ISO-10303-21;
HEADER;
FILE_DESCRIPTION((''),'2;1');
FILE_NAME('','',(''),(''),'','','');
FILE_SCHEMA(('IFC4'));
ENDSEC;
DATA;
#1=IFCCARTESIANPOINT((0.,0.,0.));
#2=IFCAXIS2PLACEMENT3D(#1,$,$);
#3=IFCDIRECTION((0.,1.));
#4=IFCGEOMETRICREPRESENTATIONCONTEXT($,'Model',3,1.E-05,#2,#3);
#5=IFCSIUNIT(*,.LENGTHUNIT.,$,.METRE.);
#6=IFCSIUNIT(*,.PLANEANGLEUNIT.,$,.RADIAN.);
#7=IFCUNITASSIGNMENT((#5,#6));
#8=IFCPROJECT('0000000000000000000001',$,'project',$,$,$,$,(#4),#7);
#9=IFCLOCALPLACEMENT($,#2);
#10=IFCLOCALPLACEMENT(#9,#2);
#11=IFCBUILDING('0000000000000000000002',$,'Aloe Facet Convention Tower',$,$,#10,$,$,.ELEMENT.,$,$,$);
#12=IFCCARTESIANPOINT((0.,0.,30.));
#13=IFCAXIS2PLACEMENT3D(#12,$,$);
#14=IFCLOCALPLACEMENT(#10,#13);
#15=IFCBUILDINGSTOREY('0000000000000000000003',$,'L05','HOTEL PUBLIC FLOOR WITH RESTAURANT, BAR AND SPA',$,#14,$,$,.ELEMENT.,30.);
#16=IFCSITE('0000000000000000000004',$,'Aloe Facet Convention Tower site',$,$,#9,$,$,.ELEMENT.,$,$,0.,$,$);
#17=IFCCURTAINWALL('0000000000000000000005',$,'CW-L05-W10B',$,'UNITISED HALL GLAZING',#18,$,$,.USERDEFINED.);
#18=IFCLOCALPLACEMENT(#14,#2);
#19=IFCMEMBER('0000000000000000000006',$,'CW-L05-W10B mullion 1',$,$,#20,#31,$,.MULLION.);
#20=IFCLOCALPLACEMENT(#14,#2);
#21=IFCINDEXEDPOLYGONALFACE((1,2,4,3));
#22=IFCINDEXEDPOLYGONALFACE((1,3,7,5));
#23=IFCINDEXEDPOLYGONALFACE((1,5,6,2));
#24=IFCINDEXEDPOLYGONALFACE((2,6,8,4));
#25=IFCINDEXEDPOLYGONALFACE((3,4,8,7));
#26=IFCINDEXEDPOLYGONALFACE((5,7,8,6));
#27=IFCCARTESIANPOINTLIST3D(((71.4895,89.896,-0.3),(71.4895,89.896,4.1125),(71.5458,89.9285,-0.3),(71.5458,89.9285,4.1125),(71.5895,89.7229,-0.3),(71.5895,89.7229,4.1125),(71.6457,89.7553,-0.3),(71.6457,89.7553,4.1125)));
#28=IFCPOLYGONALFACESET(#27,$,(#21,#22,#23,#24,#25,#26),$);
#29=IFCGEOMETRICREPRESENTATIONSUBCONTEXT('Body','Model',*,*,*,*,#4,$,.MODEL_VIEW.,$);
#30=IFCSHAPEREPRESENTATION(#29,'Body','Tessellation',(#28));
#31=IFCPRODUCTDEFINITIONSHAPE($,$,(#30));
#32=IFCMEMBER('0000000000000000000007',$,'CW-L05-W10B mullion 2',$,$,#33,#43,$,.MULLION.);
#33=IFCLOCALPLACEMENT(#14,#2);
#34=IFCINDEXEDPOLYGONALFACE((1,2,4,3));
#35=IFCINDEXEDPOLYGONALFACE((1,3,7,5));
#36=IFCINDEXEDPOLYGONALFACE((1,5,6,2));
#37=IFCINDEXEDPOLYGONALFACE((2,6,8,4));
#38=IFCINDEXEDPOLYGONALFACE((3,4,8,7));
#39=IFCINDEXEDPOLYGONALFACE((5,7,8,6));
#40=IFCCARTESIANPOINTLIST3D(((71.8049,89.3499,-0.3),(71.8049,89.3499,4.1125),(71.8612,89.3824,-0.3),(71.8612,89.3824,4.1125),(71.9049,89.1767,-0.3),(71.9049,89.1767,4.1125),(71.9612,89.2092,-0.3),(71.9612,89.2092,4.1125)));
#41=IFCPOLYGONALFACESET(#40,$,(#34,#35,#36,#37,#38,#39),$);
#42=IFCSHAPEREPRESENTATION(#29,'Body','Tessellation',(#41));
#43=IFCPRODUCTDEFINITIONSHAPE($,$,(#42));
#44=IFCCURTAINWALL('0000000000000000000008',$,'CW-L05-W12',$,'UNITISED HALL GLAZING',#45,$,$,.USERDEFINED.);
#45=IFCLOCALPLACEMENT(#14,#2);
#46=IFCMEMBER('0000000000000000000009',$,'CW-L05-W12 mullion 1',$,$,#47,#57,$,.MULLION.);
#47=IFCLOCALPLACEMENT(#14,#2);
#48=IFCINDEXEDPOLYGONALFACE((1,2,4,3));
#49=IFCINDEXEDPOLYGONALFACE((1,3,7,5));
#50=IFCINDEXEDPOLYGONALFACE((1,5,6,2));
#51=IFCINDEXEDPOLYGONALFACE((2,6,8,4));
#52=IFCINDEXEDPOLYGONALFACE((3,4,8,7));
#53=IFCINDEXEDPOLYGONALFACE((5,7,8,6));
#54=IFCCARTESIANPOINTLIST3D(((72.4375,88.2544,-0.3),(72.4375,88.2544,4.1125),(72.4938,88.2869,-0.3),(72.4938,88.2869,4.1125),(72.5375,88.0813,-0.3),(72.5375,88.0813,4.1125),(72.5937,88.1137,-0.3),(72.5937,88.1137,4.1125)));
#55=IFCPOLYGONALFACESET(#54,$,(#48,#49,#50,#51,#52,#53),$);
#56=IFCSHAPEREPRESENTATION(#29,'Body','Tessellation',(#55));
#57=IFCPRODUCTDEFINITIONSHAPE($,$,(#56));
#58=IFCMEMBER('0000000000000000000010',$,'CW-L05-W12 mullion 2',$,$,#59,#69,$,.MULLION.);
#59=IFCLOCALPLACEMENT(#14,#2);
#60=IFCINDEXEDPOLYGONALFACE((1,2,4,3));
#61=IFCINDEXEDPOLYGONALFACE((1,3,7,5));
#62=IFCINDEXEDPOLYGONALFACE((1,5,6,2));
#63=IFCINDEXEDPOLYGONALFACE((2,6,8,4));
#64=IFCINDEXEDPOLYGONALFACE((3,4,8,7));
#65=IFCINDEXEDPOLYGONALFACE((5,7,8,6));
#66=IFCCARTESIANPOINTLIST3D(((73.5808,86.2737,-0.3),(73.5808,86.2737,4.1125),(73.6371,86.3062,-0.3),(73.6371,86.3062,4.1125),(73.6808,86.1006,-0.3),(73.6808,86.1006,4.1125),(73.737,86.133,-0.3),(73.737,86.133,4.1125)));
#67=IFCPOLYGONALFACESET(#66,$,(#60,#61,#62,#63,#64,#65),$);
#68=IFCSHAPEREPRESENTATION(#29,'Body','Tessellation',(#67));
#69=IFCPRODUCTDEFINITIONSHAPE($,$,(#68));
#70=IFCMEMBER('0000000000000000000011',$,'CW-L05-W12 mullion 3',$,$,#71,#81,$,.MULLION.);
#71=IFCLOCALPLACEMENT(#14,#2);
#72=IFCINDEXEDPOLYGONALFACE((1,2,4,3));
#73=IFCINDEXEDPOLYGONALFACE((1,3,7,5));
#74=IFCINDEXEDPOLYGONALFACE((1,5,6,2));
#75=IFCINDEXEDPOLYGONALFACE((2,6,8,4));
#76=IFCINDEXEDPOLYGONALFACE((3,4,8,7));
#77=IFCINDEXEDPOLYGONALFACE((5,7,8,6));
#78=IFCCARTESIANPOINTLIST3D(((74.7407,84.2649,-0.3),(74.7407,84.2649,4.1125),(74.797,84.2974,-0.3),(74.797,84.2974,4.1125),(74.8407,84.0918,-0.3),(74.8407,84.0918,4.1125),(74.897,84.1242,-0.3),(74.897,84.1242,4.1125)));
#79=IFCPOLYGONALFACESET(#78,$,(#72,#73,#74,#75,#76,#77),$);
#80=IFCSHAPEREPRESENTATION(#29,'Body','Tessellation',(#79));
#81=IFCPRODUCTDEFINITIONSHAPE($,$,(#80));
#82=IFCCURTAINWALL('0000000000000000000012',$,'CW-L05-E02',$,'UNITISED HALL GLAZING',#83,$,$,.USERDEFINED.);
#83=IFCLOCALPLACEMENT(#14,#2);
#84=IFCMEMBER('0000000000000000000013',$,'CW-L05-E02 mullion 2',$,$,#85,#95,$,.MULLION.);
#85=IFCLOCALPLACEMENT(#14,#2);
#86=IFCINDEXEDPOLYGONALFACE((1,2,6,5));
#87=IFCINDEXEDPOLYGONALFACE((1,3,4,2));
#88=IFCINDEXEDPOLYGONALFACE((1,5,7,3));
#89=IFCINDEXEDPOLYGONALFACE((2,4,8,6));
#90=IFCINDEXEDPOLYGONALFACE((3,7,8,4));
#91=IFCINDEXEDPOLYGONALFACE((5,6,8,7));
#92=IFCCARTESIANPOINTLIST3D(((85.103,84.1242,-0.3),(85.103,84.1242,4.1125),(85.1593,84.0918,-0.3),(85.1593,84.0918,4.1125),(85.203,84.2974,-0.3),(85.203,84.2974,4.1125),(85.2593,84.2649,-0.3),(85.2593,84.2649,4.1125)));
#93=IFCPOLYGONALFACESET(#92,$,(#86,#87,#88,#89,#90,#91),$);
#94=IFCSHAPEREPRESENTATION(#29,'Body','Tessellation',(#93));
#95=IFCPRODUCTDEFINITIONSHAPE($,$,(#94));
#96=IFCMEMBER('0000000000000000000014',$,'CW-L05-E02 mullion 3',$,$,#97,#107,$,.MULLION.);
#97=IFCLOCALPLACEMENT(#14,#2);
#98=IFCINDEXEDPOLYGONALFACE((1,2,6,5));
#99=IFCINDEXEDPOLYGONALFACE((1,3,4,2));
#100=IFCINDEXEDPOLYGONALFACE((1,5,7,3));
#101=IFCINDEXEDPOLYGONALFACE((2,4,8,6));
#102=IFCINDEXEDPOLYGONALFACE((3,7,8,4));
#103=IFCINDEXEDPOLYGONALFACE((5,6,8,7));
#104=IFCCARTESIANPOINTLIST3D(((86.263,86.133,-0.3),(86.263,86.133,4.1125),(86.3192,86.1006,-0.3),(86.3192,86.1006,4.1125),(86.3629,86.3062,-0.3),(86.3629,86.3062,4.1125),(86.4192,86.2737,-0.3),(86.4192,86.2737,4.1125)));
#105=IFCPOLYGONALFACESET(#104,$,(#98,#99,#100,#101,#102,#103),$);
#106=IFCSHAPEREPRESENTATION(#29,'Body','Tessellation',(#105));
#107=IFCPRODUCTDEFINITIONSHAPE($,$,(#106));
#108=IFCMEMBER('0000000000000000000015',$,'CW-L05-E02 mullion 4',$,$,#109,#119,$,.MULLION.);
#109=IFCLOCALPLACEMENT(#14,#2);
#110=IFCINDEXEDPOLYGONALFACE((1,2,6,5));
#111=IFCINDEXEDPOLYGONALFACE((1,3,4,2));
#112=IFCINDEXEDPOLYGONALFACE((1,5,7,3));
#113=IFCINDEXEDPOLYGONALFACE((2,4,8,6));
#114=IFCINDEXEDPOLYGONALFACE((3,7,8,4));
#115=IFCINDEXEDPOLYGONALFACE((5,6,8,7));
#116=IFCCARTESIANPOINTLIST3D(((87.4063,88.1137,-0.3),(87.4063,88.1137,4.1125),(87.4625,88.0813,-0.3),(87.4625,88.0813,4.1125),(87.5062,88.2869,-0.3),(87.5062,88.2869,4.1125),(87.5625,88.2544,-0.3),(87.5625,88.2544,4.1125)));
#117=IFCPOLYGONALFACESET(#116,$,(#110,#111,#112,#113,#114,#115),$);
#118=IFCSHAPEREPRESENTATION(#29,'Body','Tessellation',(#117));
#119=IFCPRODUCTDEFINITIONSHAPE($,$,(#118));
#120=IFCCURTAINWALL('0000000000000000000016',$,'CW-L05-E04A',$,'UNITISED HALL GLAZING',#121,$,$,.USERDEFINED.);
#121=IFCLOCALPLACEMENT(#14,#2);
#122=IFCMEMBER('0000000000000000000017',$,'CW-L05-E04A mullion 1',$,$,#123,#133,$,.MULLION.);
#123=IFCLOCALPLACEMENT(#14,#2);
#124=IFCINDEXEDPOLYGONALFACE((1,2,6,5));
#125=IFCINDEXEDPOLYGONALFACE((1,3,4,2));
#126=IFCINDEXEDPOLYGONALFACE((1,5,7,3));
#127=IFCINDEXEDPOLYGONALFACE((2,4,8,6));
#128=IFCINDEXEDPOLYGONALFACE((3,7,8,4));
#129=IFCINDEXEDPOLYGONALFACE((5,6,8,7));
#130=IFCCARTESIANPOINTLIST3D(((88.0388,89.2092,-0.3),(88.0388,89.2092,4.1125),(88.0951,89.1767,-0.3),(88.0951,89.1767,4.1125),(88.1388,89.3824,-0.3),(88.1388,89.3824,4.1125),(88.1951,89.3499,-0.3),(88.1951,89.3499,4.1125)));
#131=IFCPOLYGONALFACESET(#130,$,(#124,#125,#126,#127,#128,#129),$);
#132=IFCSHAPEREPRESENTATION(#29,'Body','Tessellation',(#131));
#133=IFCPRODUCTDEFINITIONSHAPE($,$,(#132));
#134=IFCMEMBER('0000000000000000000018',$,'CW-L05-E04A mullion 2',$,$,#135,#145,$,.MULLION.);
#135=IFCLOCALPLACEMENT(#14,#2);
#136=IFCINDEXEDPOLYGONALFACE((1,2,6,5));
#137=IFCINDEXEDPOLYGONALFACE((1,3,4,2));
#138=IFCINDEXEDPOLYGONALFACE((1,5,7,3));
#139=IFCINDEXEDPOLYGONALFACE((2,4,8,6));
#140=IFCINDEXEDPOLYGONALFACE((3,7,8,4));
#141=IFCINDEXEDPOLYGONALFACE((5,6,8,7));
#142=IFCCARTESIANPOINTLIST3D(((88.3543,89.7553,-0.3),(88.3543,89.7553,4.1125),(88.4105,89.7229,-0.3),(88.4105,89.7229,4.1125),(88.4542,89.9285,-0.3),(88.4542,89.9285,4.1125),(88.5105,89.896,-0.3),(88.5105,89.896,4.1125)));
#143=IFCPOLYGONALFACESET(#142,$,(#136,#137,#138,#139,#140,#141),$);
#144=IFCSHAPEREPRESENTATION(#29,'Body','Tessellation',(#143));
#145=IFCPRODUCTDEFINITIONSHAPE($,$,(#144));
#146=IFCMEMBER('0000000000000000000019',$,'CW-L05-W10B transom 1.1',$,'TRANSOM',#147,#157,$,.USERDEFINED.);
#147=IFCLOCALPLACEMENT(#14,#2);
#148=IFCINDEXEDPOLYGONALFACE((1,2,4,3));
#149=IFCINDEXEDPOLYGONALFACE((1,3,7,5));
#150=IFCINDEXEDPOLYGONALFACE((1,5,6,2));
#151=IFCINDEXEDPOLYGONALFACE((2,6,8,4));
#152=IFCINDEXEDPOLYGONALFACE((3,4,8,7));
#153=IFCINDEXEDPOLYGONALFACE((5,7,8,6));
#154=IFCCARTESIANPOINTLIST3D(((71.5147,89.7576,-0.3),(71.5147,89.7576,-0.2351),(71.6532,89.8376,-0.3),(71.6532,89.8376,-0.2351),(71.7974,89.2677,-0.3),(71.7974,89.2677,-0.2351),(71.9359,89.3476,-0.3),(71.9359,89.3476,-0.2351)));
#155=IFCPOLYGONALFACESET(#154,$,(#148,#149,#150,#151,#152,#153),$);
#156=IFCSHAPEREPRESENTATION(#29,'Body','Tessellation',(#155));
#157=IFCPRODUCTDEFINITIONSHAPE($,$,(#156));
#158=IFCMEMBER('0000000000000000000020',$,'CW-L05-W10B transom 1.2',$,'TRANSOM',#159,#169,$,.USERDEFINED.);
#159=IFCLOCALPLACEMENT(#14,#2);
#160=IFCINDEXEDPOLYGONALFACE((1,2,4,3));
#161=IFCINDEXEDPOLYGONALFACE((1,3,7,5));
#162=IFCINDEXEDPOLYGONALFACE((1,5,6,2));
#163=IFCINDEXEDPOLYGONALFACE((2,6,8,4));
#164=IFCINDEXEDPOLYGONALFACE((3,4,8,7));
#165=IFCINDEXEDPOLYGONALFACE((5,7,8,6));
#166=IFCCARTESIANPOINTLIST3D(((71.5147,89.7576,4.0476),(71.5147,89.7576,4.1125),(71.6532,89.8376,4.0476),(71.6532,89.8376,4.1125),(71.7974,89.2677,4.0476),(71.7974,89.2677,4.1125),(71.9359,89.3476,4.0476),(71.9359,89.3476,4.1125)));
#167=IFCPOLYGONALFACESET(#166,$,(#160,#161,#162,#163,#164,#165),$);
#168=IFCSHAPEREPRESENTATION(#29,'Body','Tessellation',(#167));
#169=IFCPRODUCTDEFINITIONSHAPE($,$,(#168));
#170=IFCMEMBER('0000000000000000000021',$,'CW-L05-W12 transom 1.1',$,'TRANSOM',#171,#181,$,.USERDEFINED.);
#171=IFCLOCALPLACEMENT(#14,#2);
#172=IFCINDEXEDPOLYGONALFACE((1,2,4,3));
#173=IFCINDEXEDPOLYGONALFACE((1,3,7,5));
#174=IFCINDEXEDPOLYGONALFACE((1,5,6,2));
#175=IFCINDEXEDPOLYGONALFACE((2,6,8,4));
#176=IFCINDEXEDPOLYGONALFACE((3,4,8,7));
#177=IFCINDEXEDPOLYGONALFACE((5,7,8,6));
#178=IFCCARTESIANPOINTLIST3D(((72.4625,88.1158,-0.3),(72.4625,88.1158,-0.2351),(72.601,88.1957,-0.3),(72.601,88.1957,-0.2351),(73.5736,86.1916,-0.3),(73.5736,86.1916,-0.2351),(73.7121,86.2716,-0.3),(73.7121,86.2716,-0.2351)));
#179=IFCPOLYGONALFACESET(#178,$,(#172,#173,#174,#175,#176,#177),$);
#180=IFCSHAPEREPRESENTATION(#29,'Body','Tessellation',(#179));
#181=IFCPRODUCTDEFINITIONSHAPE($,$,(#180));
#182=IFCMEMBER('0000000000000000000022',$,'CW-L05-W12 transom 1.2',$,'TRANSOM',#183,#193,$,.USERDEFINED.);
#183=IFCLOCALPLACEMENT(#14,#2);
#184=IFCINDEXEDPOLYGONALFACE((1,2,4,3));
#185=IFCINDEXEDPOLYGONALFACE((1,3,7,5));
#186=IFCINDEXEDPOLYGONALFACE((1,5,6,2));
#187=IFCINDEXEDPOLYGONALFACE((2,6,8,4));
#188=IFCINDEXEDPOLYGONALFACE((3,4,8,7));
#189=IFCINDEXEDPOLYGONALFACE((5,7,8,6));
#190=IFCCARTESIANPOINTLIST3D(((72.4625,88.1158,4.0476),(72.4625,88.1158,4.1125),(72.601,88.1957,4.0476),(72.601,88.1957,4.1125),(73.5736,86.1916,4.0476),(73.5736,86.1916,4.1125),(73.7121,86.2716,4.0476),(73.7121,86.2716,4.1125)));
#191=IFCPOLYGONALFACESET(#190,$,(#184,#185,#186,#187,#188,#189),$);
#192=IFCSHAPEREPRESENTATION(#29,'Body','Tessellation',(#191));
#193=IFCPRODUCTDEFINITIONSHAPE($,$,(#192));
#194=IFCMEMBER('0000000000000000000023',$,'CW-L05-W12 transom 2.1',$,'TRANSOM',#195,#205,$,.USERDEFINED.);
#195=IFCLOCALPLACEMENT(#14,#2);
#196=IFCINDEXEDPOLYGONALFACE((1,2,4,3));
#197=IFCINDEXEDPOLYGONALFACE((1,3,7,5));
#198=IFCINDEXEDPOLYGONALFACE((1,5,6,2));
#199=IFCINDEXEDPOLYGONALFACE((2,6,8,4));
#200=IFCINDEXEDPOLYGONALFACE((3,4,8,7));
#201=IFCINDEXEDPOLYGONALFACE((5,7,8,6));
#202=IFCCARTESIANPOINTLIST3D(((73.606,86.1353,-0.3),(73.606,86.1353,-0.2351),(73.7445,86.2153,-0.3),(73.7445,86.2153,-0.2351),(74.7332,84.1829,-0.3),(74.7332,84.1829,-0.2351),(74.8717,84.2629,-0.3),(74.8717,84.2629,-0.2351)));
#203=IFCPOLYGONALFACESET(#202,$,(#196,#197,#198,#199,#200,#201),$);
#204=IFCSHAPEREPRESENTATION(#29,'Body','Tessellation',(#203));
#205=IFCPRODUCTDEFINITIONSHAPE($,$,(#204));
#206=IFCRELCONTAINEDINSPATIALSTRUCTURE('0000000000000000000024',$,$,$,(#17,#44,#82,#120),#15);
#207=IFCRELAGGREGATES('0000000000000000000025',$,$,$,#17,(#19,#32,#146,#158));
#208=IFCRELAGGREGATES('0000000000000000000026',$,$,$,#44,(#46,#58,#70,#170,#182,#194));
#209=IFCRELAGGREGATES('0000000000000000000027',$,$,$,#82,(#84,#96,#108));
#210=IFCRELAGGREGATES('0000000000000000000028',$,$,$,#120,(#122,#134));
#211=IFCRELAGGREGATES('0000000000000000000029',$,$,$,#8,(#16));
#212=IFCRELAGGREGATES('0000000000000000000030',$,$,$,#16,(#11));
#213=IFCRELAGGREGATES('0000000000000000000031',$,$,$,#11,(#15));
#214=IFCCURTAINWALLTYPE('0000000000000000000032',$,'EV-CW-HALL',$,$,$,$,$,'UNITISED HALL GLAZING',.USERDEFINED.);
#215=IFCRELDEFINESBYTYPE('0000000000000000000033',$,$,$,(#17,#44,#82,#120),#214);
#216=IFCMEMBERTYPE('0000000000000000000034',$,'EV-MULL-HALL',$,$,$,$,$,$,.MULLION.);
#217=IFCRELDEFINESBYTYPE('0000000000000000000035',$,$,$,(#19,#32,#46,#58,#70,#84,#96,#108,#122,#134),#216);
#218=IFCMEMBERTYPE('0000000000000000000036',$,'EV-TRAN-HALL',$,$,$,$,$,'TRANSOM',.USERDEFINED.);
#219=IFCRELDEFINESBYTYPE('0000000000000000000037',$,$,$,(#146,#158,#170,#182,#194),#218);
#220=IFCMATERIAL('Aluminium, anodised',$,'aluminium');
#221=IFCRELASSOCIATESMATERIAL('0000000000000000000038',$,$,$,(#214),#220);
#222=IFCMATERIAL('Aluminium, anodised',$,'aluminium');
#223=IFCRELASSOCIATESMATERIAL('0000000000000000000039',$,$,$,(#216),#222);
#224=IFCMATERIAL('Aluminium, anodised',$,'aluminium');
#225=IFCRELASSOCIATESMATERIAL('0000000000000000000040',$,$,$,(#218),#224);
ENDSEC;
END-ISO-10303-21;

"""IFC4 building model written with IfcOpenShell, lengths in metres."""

from ifc_helpers import new_model, si_unit, direction, frame, origin, origin_2d, place, context, subcontext, project, spatial, rectangle, extrude, material, material_profile, profile_set, type_object, element, aggregate, save


model = new_model("IFC4")

# Units and contexts
model_context = context("Model", 3, precision=1e-05, world=origin(), true_north=direction((0.0, 1.0)))
body_context = subcontext(model_context, "Body", "Model", "MODEL_VIEW")
ifc_project = project(units=[si_unit("LENGTHUNIT", "METRE"), si_unit("PLANEANGLEUNIT", "RADIAN")], contexts=[model_context])

# Site, building, storey
site_placement = place(None, origin())
site = spatial("IfcSite", under=ifc_project, at=site_placement, Name="Aloe Facet Convention Tower site", CompositionType="ELEMENT", RefElevation=0.0)
building_placement = place(site_placement, origin())
building = spatial("IfcBuilding", under=site, at=building_placement, Name="Aloe Facet Convention Tower", CompositionType="ELEMENT")
storey_placement = place(building_placement, frame((0.0, 0.0, 30.0)))
storey = spatial("IfcBuildingStorey", under=building, at=storey_placement, Name="L05", Description="HOTEL PUBLIC FLOOR WITH RESTAURANT, BAR AND SPA", CompositionType="ELEMENT", Elevation=30.0)

# Curtain walls, members
ifc_material_1 = material(Name="Aluminium, anodised", Category="aluminium")
curtain_wall_type = type_object("IfcCurtainWallType", Name="EV-CW-HALL", ElementType="UNITISED HALL GLAZING", PredefinedType="USERDEFINED", material=ifc_material_1)
curtain_wall_1_placement = place(storey_placement, origin())
curtain_wall_1 = element("IfcCurtainWall", 1, at=curtain_wall_1_placement, inside=storey, type_object=curtain_wall_type, Name="CW-L05-W10B", ObjectType="UNITISED HALL GLAZING", PredefinedType="USERDEFINED")
ifc_material_2 = material(Name="Aluminium, anodised", Category="aluminium")
ifc_material_profile_1 = material_profile(ifc_material_2, rectangle(XDim=0.0649, YDim=0.2, at=origin_2d()), Name="AL 65x200")
ifc_profile_set_1 = profile_set([ifc_material_profile_1], Name="Aluminium, anodised")
member_type_1 = type_object("IfcMemberType", Name="EV-MULL-HALL", PredefinedType="MULLION", material=ifc_profile_set_1)
member_1_placement = place(storey_placement, frame((71.5676, 89.8257, -0.3), z_axis=(0.0, 0.0, 1.0), x_axis=(0.866025, 0.5, 0.0)))
member_1 = element("IfcMember", 2, at=member_1_placement, type_object=member_type_1, Name="CW-L05-W10B mullion 1", PredefinedType="MULLION", context=body_context, shape_type="SweptSolid", body=[
    extrude(rectangle(XDim=0.0649, YDim=0.2, at=origin_2d()), origin(), (0.0, 0.0, 1.0), 4.4126),
])
member_2_placement = place(storey_placement, frame((71.8831, 89.2795, -0.3), z_axis=(0.0, 0.0, 1.0), x_axis=(0.866025, 0.5, 0.0)))
member_2 = element("IfcMember", 3, at=member_2_placement, type_object=member_type_1, Name="CW-L05-W10B mullion 2", PredefinedType="MULLION", context=body_context, shape_type="SweptSolid", body=[
    extrude(rectangle(XDim=0.0649, YDim=0.2, at=origin_2d()), origin(), (0.0, 0.0, 1.0), 4.4126),
])
curtain_wall_2_placement = place(storey_placement, origin())
curtain_wall_2 = element("IfcCurtainWall", 4, at=curtain_wall_2_placement, inside=storey, type_object=curtain_wall_type, Name="CW-L05-W12", ObjectType="UNITISED HALL GLAZING", PredefinedType="USERDEFINED")
member_3_placement = place(storey_placement, frame((72.5156, 88.1841, -0.3), z_axis=(0.0, 0.0, 1.0), x_axis=(0.866025, 0.5, 0.0)))
member_3 = element("IfcMember", 5, at=member_3_placement, type_object=member_type_1, Name="CW-L05-W12 mullion 1", PredefinedType="MULLION", context=body_context, shape_type="SweptSolid", body=[
    extrude(rectangle(XDim=0.0649, YDim=0.2, at=origin_2d()), origin(), (0.0, 0.0, 1.0), 4.4126),
])
member_4_placement = place(storey_placement, frame((73.6589, 86.2034, -0.3), z_axis=(0.0, 0.0, 1.0), x_axis=(0.866025, 0.5, 0.0)))
member_4 = element("IfcMember", 6, at=member_4_placement, type_object=member_type_1, Name="CW-L05-W12 mullion 2", PredefinedType="MULLION", context=body_context, shape_type="SweptSolid", body=[
    extrude(rectangle(XDim=0.0649, YDim=0.2, at=origin_2d()), origin(), (0.0, 0.0, 1.0), 4.4126),
])
member_5_placement = place(storey_placement, frame((74.8188, 84.1946, -0.3), z_axis=(0.0, 0.0, 1.0), x_axis=(0.866025, 0.5, 0.0)))
member_5 = element("IfcMember", 7, at=member_5_placement, type_object=member_type_1, Name="CW-L05-W12 mullion 3", PredefinedType="MULLION", context=body_context, shape_type="SweptSolid", body=[
    extrude(rectangle(XDim=0.0649, YDim=0.2, at=origin_2d()), origin(), (0.0, 0.0, 1.0), 4.4126),
])
curtain_wall_3_placement = place(storey_placement, origin())
curtain_wall_3 = element("IfcCurtainWall", 8, at=curtain_wall_3_placement, inside=storey, type_object=curtain_wall_type, Name="CW-L05-E02", ObjectType="UNITISED HALL GLAZING", PredefinedType="USERDEFINED")
member_6_placement = place(storey_placement, frame((85.1812, 84.1946, -0.3), z_axis=(0.0, 0.0, 1.0), x_axis=(-0.866025, 0.5, 0.0)))
member_6 = element("IfcMember", 9, at=member_6_placement, type_object=member_type_1, Name="CW-L05-E02 mullion 2", PredefinedType="MULLION", context=body_context, shape_type="SweptSolid", body=[
    extrude(rectangle(XDim=0.0649, YDim=0.2, at=origin_2d()), origin(), (0.0, 0.0, 1.0), 4.4126),
])
member_7_placement = place(storey_placement, frame((86.3411, 86.2034, -0.3), z_axis=(0.0, 0.0, 1.0), x_axis=(-0.866025, 0.5, 0.0)))
member_7 = element("IfcMember", 10, at=member_7_placement, type_object=member_type_1, Name="CW-L05-E02 mullion 3", PredefinedType="MULLION", context=body_context, shape_type="SweptSolid", body=[
    extrude(rectangle(XDim=0.0649, YDim=0.2, at=origin_2d()), origin(), (0.0, 0.0, 1.0), 4.4126),
])
member_8_placement = place(storey_placement, frame((87.4844, 88.1841, -0.3), z_axis=(0.0, 0.0, 1.0), x_axis=(-0.866025, 0.5, 0.0)))
member_8 = element("IfcMember", 11, at=member_8_placement, type_object=member_type_1, Name="CW-L05-E02 mullion 4", PredefinedType="MULLION", context=body_context, shape_type="SweptSolid", body=[
    extrude(rectangle(XDim=0.0649, YDim=0.2, at=origin_2d()), origin(), (0.0, 0.0, 1.0), 4.4126),
])
curtain_wall_4_placement = place(storey_placement, origin())
curtain_wall_4 = element("IfcCurtainWall", 12, at=curtain_wall_4_placement, inside=storey, type_object=curtain_wall_type, Name="CW-L05-E04A", ObjectType="UNITISED HALL GLAZING", PredefinedType="USERDEFINED")
member_9_placement = place(storey_placement, frame((88.1169, 89.2795, -0.3), z_axis=(0.0, 0.0, 1.0), x_axis=(-0.866025, 0.5, 0.0)))
member_9 = element("IfcMember", 13, at=member_9_placement, type_object=member_type_1, Name="CW-L05-E04A mullion 1", PredefinedType="MULLION", context=body_context, shape_type="SweptSolid", body=[
    extrude(rectangle(XDim=0.0649, YDim=0.2, at=origin_2d()), origin(), (0.0, 0.0, 1.0), 4.4126),
])
member_10_placement = place(storey_placement, frame((88.4324, 89.8257, -0.3), z_axis=(0.0, 0.0, 1.0), x_axis=(-0.866025, 0.5, 0.0)))
member_10 = element("IfcMember", 14, at=member_10_placement, type_object=member_type_1, Name="CW-L05-E04A mullion 2", PredefinedType="MULLION", context=body_context, shape_type="SweptSolid", body=[
    extrude(rectangle(XDim=0.0649, YDim=0.2, at=origin_2d()), origin(), (0.0, 0.0, 1.0), 4.4126),
])

# Members
ifc_material_3 = material(Name="Aluminium, anodised", Category="aluminium")
ifc_material_profile_2 = material_profile(ifc_material_3, rectangle(XDim=0.1599, YDim=0.0649, at=origin_2d()), Name="AL 160x65")
ifc_profile_set_2 = profile_set([ifc_material_profile_2], Name="Aluminium, anodised")
member_type_2 = type_object("IfcMemberType", Name="EV-TRAN-HALL", ElementType="TRANSOM", PredefinedType="USERDEFINED", material=ifc_profile_set_2)
member_11_placement = place(storey_placement, frame((71.584, 89.7976, -0.2676), z_axis=(0.49976, -0.866164, 0.0), x_axis=(0.866164, 0.49976, 0.0)))
member_11 = element("IfcMember", 15, at=member_11_placement, type_object=member_type_2, Name="CW-L05-W10B transom 1.1", ObjectType="TRANSOM", PredefinedType="USERDEFINED", context=body_context, shape_type="SweptSolid", body=[
    extrude(rectangle(XDim=0.1599, YDim=0.0649, at=origin_2d()), origin(), (0.0, 0.0, 1.0), 0.5657),
])
member_12_placement = place(storey_placement, frame((71.584, 89.7976, 4.0801), z_axis=(0.49976, -0.866164, 0.0), x_axis=(0.866164, 0.49976, 0.0)))
member_12 = element("IfcMember", 16, at=member_12_placement, type_object=member_type_2, Name="CW-L05-W10B transom 1.2", ObjectType="TRANSOM", PredefinedType="USERDEFINED", context=body_context, shape_type="SweptSolid", body=[
    extrude(rectangle(XDim=0.1599, YDim=0.0649, at=origin_2d()), origin(), (0.0, 0.0, 1.0), 0.5657),
])
member_13_placement = place(storey_placement, frame((72.5317, 88.1558, -0.2676), z_axis=(0.500074, -0.865982, 0.0), x_axis=(0.865982, 0.500074, 0.0)))
member_13 = element("IfcMember", 17, at=member_13_placement, type_object=member_type_2, Name="CW-L05-W12 transom 1.1", ObjectType="TRANSOM", PredefinedType="USERDEFINED", context=body_context, shape_type="SweptSolid", body=[
    extrude(rectangle(XDim=0.1599, YDim=0.0649, at=origin_2d()), origin(), (0.0, 0.0, 1.0), 2.2219),
])
member_14_placement = place(storey_placement, frame((72.5317, 88.1558, 4.0801), z_axis=(0.500074, -0.865982, 0.0), x_axis=(0.865982, 0.500074, 0.0)))
member_14 = element("IfcMember", 18, at=member_14_placement, type_object=member_type_2, Name="CW-L05-W12 transom 1.2", ObjectType="TRANSOM", PredefinedType="USERDEFINED", context=body_context, shape_type="SweptSolid", body=[
    extrude(rectangle(XDim=0.1599, YDim=0.0649, at=origin_2d()), origin(), (0.0, 0.0, 1.0), 2.2219),
])
member_15_placement = place(storey_placement, frame((73.6753, 86.1753, -0.2676), z_axis=(0.499994, -0.866029, 0.0), x_axis=(0.866029, 0.499994, 0.0)))
member_15 = element("IfcMember", 19, at=member_15_placement, type_object=member_type_2, Name="CW-L05-W12 transom 2.1", ObjectType="TRANSOM", PredefinedType="USERDEFINED", context=body_context, shape_type="SweptSolid", body=[
    extrude(rectangle(XDim=0.1599, YDim=0.0649, at=origin_2d()), origin(), (0.0, 0.0, 1.0), 2.2544),
])

aggregate(curtain_wall_1, [member_1, member_2, member_11, member_12])
aggregate(curtain_wall_2, [member_3, member_4, member_5, member_13, member_14, member_15])
aggregate(curtain_wall_3, [member_6, member_7, member_8])
aggregate(curtain_wall_4, [member_9, member_10])

save(model, "model.ifc")
